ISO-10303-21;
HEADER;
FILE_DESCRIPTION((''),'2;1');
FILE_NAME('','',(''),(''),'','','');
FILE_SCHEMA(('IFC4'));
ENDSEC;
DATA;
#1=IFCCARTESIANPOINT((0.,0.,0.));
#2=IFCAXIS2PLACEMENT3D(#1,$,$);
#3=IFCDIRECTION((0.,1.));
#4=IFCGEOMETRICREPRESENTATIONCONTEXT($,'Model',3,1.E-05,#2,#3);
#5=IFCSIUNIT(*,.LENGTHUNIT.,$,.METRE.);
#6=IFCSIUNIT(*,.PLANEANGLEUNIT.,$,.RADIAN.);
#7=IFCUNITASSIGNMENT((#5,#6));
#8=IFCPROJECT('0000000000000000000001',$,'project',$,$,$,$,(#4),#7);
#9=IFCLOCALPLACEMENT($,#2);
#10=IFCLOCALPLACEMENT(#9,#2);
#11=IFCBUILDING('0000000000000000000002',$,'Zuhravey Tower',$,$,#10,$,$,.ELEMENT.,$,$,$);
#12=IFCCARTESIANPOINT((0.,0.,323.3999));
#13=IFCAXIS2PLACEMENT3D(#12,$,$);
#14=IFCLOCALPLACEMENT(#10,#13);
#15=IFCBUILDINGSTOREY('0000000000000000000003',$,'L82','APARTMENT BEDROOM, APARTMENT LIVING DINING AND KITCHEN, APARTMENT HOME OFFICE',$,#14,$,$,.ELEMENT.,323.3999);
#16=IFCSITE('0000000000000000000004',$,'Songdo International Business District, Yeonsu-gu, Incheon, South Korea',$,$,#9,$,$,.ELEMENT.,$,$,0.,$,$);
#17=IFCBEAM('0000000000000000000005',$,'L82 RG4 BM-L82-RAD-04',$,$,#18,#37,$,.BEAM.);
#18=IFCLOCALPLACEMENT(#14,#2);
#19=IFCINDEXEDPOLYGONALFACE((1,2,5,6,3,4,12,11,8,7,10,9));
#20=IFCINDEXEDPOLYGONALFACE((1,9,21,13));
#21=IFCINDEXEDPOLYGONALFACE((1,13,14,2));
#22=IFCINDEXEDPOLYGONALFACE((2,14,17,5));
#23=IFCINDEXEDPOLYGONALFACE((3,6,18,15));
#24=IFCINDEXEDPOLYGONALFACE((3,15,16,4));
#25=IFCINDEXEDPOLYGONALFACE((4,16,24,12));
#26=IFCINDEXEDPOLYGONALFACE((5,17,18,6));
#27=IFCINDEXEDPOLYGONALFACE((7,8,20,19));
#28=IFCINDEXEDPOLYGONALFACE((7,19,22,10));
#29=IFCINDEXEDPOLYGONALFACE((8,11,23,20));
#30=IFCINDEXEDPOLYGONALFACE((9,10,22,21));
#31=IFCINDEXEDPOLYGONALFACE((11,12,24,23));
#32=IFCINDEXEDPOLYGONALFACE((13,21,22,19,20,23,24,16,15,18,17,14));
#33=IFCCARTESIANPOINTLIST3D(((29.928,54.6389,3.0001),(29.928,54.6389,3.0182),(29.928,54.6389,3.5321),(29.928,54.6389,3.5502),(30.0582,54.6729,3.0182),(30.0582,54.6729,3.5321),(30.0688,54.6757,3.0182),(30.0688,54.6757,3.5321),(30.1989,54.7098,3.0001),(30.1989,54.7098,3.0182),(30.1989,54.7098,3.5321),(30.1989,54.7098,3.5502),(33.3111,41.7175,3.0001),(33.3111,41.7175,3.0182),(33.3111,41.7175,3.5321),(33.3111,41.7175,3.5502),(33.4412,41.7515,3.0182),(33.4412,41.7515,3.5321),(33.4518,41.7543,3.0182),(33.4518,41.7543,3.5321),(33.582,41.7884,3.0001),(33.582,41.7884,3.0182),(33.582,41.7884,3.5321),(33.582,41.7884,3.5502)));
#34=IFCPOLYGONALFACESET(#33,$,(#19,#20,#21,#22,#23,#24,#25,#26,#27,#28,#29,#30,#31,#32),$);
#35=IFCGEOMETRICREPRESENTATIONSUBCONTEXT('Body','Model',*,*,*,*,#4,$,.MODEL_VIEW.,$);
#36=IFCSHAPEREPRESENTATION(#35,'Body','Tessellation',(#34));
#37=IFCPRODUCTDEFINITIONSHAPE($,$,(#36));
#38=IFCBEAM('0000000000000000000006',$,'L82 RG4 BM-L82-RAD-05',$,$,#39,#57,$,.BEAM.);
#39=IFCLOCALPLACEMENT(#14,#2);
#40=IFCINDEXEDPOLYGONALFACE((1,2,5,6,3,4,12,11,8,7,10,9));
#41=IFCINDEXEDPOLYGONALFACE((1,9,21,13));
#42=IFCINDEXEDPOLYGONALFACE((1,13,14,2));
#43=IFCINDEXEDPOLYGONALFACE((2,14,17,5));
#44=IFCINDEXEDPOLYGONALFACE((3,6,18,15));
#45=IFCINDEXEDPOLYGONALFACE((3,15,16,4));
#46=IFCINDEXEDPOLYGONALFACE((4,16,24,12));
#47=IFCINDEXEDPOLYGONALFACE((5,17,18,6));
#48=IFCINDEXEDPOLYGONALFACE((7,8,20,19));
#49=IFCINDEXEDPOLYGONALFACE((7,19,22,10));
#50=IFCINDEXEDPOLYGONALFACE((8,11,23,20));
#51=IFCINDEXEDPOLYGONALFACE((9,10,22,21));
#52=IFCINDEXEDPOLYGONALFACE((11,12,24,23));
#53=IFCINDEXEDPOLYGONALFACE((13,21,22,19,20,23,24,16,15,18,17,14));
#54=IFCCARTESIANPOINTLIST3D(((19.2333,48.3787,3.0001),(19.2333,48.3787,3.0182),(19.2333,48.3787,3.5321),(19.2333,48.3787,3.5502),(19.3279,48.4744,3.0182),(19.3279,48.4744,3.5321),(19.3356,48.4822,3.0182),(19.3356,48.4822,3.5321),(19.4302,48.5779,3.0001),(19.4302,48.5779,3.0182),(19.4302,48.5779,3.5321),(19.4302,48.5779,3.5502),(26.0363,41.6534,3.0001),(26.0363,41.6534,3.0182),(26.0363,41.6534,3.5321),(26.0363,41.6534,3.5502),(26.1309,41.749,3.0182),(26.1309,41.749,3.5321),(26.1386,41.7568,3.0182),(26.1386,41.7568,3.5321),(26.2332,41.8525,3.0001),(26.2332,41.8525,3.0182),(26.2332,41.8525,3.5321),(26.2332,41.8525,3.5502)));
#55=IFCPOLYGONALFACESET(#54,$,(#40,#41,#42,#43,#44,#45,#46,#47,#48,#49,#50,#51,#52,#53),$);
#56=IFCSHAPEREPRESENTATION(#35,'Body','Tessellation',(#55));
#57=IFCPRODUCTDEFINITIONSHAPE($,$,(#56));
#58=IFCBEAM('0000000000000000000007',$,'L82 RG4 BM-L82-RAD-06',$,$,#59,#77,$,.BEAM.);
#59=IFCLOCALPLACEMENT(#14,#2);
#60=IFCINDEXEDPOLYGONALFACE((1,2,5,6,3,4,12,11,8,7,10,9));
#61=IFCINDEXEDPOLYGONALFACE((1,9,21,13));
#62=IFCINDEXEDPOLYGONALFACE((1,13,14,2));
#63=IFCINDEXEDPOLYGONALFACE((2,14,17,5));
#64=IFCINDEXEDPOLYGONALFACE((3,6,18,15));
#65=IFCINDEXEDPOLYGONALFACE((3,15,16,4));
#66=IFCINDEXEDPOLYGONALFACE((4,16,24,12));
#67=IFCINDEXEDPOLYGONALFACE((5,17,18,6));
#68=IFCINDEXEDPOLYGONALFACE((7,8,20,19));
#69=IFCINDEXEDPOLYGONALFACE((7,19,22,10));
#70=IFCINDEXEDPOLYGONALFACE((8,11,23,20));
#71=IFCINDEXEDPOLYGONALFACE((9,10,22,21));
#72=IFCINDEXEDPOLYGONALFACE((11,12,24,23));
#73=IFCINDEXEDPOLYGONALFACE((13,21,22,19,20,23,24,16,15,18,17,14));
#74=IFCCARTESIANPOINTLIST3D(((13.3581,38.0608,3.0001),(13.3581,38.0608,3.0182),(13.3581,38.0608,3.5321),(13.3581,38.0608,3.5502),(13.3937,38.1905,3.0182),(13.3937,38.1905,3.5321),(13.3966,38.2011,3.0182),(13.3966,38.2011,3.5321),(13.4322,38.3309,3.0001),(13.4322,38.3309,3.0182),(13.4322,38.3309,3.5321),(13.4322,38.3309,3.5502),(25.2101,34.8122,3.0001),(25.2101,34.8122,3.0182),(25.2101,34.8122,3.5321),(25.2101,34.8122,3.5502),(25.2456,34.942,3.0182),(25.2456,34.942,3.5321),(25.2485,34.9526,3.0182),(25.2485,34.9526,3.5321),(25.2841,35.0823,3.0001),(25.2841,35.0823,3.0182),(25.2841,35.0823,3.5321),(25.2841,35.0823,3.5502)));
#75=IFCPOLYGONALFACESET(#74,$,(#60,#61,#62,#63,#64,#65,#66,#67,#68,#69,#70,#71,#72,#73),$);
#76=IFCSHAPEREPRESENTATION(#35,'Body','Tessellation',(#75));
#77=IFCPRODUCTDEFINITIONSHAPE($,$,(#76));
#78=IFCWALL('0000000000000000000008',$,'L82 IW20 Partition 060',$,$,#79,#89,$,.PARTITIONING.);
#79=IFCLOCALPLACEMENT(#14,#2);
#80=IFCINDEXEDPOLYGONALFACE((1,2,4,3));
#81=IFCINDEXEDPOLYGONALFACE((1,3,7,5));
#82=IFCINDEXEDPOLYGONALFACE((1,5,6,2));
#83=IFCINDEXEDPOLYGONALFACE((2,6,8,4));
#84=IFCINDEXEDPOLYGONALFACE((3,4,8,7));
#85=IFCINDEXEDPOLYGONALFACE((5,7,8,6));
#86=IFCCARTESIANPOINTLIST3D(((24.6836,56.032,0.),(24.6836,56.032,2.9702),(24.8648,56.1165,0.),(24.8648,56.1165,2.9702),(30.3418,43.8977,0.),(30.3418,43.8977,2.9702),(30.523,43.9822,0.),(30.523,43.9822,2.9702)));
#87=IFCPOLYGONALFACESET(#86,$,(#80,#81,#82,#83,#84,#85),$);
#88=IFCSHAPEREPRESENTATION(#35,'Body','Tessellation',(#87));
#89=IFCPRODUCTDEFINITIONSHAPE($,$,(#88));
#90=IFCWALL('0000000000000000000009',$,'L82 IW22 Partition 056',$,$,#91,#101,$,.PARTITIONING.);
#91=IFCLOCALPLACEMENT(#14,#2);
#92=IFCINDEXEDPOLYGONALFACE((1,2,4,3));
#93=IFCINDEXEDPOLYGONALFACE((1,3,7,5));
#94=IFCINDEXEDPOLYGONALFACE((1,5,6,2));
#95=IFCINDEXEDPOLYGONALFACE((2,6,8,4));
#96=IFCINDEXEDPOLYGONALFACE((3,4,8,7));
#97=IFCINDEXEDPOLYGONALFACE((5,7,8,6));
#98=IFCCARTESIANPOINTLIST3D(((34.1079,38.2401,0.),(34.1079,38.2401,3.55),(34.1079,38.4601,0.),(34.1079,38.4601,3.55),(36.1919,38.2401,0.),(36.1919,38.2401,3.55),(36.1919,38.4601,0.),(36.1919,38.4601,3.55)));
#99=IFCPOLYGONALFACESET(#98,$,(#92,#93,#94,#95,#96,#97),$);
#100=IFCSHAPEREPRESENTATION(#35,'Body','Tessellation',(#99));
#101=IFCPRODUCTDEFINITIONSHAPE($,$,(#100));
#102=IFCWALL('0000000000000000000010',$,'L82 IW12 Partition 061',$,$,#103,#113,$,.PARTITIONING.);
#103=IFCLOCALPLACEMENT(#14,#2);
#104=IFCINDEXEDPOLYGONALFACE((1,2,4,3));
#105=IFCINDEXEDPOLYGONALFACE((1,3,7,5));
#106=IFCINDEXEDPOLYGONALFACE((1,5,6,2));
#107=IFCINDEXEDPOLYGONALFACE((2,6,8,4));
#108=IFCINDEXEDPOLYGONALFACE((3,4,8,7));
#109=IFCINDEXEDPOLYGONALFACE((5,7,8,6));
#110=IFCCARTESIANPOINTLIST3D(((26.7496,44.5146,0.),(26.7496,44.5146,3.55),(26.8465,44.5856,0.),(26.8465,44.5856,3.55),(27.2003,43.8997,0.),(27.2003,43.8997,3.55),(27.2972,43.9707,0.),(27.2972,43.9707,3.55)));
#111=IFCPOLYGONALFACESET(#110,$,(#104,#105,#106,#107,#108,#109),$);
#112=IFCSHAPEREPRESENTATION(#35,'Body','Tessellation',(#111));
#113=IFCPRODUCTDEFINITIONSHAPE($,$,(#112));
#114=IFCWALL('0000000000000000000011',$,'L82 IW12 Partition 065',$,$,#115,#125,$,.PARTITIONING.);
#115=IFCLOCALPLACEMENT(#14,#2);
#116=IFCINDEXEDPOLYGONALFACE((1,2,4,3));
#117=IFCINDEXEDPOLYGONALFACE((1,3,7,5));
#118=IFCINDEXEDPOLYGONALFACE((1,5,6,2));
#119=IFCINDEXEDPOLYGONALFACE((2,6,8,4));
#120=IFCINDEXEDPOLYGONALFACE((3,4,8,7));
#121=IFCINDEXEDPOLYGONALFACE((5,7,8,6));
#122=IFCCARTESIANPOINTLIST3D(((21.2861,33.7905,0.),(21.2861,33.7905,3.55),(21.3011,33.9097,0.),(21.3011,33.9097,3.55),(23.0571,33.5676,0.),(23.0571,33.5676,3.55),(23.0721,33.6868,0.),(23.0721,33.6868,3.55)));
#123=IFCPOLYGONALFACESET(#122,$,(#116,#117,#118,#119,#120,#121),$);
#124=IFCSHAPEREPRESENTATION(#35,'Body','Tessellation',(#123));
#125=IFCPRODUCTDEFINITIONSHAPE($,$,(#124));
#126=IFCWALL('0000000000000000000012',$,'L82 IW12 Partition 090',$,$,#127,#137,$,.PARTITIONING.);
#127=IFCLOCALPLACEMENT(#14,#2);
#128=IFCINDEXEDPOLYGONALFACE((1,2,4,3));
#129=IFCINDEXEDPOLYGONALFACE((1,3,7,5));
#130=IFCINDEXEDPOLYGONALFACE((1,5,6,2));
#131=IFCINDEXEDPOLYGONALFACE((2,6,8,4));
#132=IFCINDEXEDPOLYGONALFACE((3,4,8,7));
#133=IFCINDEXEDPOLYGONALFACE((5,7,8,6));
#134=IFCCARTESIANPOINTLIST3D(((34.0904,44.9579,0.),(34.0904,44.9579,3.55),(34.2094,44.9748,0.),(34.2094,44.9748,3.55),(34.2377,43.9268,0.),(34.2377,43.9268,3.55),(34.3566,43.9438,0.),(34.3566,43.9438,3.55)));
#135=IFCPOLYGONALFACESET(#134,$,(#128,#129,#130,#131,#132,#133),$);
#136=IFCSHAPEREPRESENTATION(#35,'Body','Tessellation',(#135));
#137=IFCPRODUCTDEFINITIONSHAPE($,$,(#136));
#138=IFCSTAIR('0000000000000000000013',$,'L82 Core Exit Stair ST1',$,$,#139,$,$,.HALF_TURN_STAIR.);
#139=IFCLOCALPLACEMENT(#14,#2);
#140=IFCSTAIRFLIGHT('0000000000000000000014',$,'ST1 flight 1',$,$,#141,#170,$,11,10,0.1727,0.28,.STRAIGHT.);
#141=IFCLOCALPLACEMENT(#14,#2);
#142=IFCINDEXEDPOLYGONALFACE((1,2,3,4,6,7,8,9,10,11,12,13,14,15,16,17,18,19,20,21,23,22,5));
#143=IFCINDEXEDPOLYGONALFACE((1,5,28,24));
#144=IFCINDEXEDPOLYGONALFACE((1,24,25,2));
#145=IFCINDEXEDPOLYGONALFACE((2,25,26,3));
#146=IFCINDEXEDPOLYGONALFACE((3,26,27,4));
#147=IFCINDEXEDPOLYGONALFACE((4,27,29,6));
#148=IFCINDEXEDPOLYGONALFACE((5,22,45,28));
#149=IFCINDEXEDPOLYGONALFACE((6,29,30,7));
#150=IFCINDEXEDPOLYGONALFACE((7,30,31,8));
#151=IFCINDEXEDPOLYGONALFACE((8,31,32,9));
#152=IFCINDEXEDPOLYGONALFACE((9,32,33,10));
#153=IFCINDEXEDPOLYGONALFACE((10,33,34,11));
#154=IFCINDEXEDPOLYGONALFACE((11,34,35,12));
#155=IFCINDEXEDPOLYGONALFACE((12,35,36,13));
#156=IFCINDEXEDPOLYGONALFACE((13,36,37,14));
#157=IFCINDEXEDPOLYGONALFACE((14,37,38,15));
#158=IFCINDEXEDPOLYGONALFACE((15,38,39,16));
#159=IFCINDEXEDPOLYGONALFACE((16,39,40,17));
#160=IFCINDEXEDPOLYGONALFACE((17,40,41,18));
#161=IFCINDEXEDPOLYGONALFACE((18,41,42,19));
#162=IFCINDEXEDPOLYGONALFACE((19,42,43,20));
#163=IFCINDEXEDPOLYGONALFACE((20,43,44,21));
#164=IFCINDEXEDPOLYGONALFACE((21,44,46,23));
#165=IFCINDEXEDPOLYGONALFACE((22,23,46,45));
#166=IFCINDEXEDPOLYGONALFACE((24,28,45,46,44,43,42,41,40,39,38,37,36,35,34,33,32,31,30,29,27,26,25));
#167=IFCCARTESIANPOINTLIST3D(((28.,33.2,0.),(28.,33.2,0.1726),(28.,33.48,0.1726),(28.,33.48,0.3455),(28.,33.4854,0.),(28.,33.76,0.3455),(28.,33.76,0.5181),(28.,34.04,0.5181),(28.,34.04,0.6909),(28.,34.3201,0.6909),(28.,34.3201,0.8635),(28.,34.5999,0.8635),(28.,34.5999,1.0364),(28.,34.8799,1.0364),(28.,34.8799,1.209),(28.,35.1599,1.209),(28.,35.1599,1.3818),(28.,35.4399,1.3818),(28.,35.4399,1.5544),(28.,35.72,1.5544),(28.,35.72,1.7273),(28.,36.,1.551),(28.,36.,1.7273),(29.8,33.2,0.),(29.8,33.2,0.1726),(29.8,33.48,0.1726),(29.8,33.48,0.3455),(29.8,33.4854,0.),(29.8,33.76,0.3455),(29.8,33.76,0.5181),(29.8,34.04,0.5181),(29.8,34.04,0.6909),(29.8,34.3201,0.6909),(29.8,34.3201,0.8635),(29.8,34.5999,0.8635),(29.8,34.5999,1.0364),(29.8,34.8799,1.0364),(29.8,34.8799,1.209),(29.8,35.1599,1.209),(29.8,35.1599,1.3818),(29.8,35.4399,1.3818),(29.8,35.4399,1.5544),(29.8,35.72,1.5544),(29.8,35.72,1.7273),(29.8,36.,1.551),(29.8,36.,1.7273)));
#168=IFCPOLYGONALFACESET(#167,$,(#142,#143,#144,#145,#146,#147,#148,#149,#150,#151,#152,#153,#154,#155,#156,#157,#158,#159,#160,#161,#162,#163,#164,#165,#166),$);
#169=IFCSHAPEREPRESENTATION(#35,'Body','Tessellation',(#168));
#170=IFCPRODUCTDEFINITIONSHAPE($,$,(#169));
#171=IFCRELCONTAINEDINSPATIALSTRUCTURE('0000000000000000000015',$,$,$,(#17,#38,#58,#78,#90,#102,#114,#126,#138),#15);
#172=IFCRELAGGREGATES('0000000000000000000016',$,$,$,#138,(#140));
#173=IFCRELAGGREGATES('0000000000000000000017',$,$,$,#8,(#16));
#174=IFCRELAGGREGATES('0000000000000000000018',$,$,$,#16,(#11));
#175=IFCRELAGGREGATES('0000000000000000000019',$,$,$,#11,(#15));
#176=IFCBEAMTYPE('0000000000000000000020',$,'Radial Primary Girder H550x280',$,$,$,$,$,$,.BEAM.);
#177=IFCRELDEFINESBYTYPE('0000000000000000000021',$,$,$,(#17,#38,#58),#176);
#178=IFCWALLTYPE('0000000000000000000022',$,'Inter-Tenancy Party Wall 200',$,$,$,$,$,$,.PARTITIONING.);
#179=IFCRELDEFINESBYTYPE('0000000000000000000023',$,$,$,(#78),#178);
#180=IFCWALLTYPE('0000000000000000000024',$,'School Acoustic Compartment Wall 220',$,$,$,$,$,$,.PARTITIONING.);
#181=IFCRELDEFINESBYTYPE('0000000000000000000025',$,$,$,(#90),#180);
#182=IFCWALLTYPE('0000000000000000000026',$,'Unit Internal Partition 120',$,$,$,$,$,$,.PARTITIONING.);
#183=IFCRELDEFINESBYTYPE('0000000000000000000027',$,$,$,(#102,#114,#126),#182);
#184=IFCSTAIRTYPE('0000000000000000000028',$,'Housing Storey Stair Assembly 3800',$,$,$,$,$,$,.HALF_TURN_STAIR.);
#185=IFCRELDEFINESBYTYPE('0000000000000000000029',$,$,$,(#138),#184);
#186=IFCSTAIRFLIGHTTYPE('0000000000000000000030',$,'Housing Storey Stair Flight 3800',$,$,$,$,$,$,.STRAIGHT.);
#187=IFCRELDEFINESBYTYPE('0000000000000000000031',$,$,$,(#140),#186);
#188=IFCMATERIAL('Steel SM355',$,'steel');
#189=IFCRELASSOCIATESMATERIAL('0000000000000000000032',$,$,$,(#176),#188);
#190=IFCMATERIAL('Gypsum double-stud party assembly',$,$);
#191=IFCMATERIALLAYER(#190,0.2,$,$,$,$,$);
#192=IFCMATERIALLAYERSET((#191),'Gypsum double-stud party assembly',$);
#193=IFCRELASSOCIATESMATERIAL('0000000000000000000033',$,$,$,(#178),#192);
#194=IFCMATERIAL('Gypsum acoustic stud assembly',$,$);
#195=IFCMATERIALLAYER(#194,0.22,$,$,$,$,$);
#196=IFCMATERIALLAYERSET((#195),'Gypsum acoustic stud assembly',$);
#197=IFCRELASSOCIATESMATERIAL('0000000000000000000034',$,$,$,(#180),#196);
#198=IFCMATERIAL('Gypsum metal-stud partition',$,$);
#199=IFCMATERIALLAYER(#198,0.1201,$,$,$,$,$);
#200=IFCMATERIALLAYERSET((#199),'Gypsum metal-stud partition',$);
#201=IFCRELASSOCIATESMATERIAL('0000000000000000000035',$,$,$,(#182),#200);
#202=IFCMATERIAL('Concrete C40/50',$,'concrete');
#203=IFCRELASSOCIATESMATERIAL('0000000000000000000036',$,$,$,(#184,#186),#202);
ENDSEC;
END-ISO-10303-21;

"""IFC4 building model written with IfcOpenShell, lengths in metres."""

from ifc_helpers import new_model, si_unit, direction, frame, frame_2d, origin, origin_2d, place, context, subcontext, project, spatial, polyline, rectangle, i_section, outline, extrude, material, layer, layer_set, material_profile, profile_set, type_object, element, aggregate, save


model = new_model("IFC4")

# Units and contexts
model_context = context("Model", 3, precision=1e-05, world=origin(), true_north=direction((0.0, 1.0)))
body_context = subcontext(model_context, "Body", "Model", "MODEL_VIEW")
ifc_project = project(units=[si_unit("LENGTHUNIT", "METRE"), si_unit("PLANEANGLEUNIT", "RADIAN")], contexts=[model_context])

# Site, building, storey
site_placement = place(None, origin())
site = spatial("IfcSite", under=ifc_project, at=site_placement, Name="Songdo International Business District, Yeonsu-gu, Incheon, South Korea", CompositionType="ELEMENT", RefElevation=0.0)
building_placement = place(site_placement, origin())
building = spatial("IfcBuilding", under=site, at=building_placement, Name="Zuhravey Tower", CompositionType="ELEMENT")
storey_placement = place(building_placement, frame((0.0, 0.0, 323.3999)))
storey = spatial("IfcBuildingStorey", under=building, at=storey_placement, Name="L82", Description="APARTMENT BEDROOM, APARTMENT LIVING DINING AND KITCHEN, APARTMENT HOME OFFICE", CompositionType="ELEMENT", Elevation=323.3999)

# Beams
ifc_material_1 = material(Name="Steel SM355", Category="steel")
ifc_material_profile = material_profile(ifc_material_1, i_section(OverallWidth=0.28, OverallDepth=0.55, WebThickness=0.011, FlangeThickness=0.0181, at=origin_2d()), Name="H-550x280x11x18")
ifc_profile_set = profile_set([ifc_material_profile], Name="Steel SM355")
beam_type = type_object("IfcBeamType", Name="Radial Primary Girder H550x280", PredefinedType="BEAM", material=ifc_profile_set)
beam_1_placement = place(storey_placement, frame((33.4465, 41.7529, 3.2751), z_axis=(-0.253281, 0.967393, 0.0), x_axis=(-0.967393, -0.253281, 0.0)))
element("IfcBeam", 1, at=beam_1_placement, inside=storey, type_object=beam_type, Name="L82 RG4 BM-L82-RAD-04", PredefinedType="BEAM", context=body_context, shape_type="SweptSolid", body=[
    extrude(i_section(OverallWidth=0.28, OverallDepth=0.55, WebThickness=0.011, FlangeThickness=0.0181, at=origin_2d()), origin(), (0.0, 0.0, 1.0), 13.3569),
])
beam_2_placement = place(storey_placement, frame((26.1348, 41.7529, 3.2751), z_axis=(-0.711153, 0.703037, 0.0), x_axis=(-0.703037, -0.711153, 0.0)))
element("IfcBeam", 2, at=beam_2_placement, inside=storey, type_object=beam_type, Name="L82 RG4 BM-L82-RAD-05", PredefinedType="BEAM", context=body_context, shape_type="SweptSolid", body=[
    extrude(i_section(OverallWidth=0.28, OverallDepth=0.55, WebThickness=0.011, FlangeThickness=0.0181, at=origin_2d()), origin(), (0.0, 0.0, 1.0), 9.5662),
])
beam_3_placement = place(storey_placement, frame((25.2471, 34.9473, 3.2751), z_axis=(-0.964428, 0.264346, 0.0), x_axis=(-0.264346, -0.964428, 0.0)))
element("IfcBeam", 3, at=beam_3_placement, inside=storey, type_object=beam_type, Name="L82 RG4 BM-L82-RAD-06", PredefinedType="BEAM", context=body_context, shape_type="SweptSolid", body=[
    extrude(i_section(OverallWidth=0.28, OverallDepth=0.55, WebThickness=0.011, FlangeThickness=0.0181, at=origin_2d()), origin(), (0.0, 0.0, 1.0), 12.2891),
])

# Walls
ifc_material_2 = material(Name="Gypsum double-stud party assembly")
ifc_layer_1 = layer(ifc_material_2, 0.2)
ifc_layer_set_1 = layer_set([ifc_layer_1], Name="Gypsum double-stud party assembly")
wall_type_1 = type_object("IfcWallType", Name="Inter-Tenancy Party Wall 200", PredefinedType="PARTITIONING", material=ifc_layer_set_1)
wall_1_placement = place(storey_placement, frame((30.4324, 43.9399, 0.0), z_axis=(0.0, 0.0, 1.0), x_axis=(-0.422612, 0.906311, 0.0)))
element("IfcWall", 4, at=wall_1_placement, inside=storey, type_object=wall_type_1, Name="L82 IW20 Partition 060", PredefinedType="PARTITIONING", context=body_context, shape_type="SweptSolid", body=[
    extrude(rectangle(XDim=13.3887, YDim=0.2, at=frame_2d((6.6943, 0.0))), origin(), (0.0, 0.0, 1.0), 2.9702),
])
ifc_material_3 = material(Name="Gypsum acoustic stud assembly")
ifc_layer_2 = layer(ifc_material_3, 0.22)
ifc_layer_set_2 = layer_set([ifc_layer_2], Name="Gypsum acoustic stud assembly")
wall_type_2 = type_object("IfcWallType", Name="School Acoustic Compartment Wall 220", PredefinedType="PARTITIONING", material=ifc_layer_set_2)
wall_2_placement = place(storey_placement, frame((34.1079, 38.3501, 0.0), z_axis=(0.0, 0.0, 1.0), x_axis=(1.0, 0.0, 0.0)))
element("IfcWall", 5, at=wall_2_placement, inside=storey, type_object=wall_type_2, Name="L82 IW22 Partition 056", PredefinedType="PARTITIONING", context=body_context, shape_type="SweptSolid", body=[
    extrude(rectangle(XDim=2.084, YDim=0.22, at=frame_2d((1.042, 0.0))), origin(), (0.0, 0.0, 1.0), 3.55),
])
ifc_material_4 = material(Name="Gypsum metal-stud partition")
ifc_layer_3 = layer(ifc_material_4, 0.1201)
ifc_layer_set_3 = layer_set([ifc_layer_3], Name="Gypsum metal-stud partition")
wall_type_3 = type_object("IfcWallType", Name="Unit Internal Partition 120", PredefinedType="PARTITIONING", material=ifc_layer_set_3)
wall_3_placement = place(storey_placement, frame((27.2488, 43.9351, 0.0), z_axis=(0.0, 0.0, 1.0), x_axis=(-0.5911, 0.806598, 0.0)))
element("IfcWall", 6, at=wall_3_placement, inside=storey, type_object=wall_type_3, Name="L82 IW12 Partition 061", PredefinedType="PARTITIONING", context=body_context, shape_type="SweptSolid", body=[
    extrude(rectangle(XDim=0.7625, YDim=0.1201, at=frame_2d((0.3813, 0.0))), origin(), (0.0, 0.0, 1.0), 3.55),
])
wall_4_placement = place(storey_placement, frame((23.0647, 33.6272, 0.0), z_axis=(0.0, 0.0, 1.0), x_axis=(-0.992172, 0.124876, 0.0)))
element("IfcWall", 7, at=wall_4_placement, inside=storey, type_object=wall_type_3, Name="L82 IW12 Partition 065", PredefinedType="PARTITIONING", context=body_context, shape_type="SweptSolid", body=[
    extrude(rectangle(XDim=1.7849, YDim=0.1201, at=frame_2d((0.8926, 0.0))), origin(), (0.0, 0.0, 1.0), 3.55),
])
wall_5_placement = place(storey_placement, frame((34.2971, 43.9353, 0.0), z_axis=(0.0, 0.0, 1.0), x_axis=(-0.141356, 0.989959, 0.0)))
element("IfcWall", 8, at=wall_5_placement, inside=storey, type_object=wall_type_3, Name="L82 IW12 Partition 090", PredefinedType="PARTITIONING", context=body_context, shape_type="SweptSolid", body=[
    extrude(rectangle(XDim=1.0415, YDim=0.1201, at=frame_2d((0.5208, 0.0))), origin(), (0.0, 0.0, 1.0), 3.55),
])

# Stair, stair flight
ifc_material_5 = material(Name="Concrete C40/50", Category="concrete")
stair_type = type_object("IfcStairType", Name="Housing Storey Stair Assembly 3800", PredefinedType="HALF_TURN_STAIR", material=ifc_material_5)
stair_1_placement = place(storey_placement, origin())
stair_1 = element("IfcStair", 9, at=stair_1_placement, inside=storey, type_object=stair_type, Name="L82 Core Exit Stair ST1", PredefinedType="HALF_TURN_STAIR")
stair_flight_type = type_object("IfcStairFlightType", Name="Housing Storey Stair Flight 3800", PredefinedType="STRAIGHT", material=ifc_material_5)
stair_flight_1_placement = place(storey_placement, frame((28.8999, 33.2, 0.0), z_axis=(0.0, 0.0, 1.0), x_axis=(0.0, 1.0, 0.0)))
stair_flight_1 = element("IfcStairFlight", 10, at=stair_flight_1_placement, type_object=stair_flight_type, Name="ST1 flight 1", NumberOfRisers=11, NumberOfTreads=10, PredefinedType="STRAIGHT", RiserHeight=0.1727, TreadLength=0.28, context=body_context, shape_type="SweptSolid", body=[
    extrude(outline(polyline([(0.0, 0.0), (0.0, 0.1726), (0.28, 0.1726), (0.28, 0.3455), (0.5601, 0.3455), (0.5601, 0.5181), (0.8401, 0.5181), (0.8401, 0.6909), (1.1201, 0.6909), (1.1201, 0.8635), (1.3999, 0.8635), (1.3999, 1.0364), (1.6799, 1.0364), (1.6799, 1.209), (1.96, 1.209), (1.96, 1.3818), (2.24, 1.3818), (2.24, 1.5544), (2.52, 1.5544), (2.52, 1.7273), (2.8, 1.7273), (2.8, 1.8999), (2.8, 1.551), (0.2854, 0.0), (0.0, 0.0)])), frame((0.0, 0.8999, 0.0), z_axis=(0.0, -1.0, 0.0), x_axis=(1.0, 0.0, 0.0)), (0.0, 0.0, 1.0), 1.8),
])
aggregate(stair_1, [stair_flight_1])

save(model, "model.ifc")
